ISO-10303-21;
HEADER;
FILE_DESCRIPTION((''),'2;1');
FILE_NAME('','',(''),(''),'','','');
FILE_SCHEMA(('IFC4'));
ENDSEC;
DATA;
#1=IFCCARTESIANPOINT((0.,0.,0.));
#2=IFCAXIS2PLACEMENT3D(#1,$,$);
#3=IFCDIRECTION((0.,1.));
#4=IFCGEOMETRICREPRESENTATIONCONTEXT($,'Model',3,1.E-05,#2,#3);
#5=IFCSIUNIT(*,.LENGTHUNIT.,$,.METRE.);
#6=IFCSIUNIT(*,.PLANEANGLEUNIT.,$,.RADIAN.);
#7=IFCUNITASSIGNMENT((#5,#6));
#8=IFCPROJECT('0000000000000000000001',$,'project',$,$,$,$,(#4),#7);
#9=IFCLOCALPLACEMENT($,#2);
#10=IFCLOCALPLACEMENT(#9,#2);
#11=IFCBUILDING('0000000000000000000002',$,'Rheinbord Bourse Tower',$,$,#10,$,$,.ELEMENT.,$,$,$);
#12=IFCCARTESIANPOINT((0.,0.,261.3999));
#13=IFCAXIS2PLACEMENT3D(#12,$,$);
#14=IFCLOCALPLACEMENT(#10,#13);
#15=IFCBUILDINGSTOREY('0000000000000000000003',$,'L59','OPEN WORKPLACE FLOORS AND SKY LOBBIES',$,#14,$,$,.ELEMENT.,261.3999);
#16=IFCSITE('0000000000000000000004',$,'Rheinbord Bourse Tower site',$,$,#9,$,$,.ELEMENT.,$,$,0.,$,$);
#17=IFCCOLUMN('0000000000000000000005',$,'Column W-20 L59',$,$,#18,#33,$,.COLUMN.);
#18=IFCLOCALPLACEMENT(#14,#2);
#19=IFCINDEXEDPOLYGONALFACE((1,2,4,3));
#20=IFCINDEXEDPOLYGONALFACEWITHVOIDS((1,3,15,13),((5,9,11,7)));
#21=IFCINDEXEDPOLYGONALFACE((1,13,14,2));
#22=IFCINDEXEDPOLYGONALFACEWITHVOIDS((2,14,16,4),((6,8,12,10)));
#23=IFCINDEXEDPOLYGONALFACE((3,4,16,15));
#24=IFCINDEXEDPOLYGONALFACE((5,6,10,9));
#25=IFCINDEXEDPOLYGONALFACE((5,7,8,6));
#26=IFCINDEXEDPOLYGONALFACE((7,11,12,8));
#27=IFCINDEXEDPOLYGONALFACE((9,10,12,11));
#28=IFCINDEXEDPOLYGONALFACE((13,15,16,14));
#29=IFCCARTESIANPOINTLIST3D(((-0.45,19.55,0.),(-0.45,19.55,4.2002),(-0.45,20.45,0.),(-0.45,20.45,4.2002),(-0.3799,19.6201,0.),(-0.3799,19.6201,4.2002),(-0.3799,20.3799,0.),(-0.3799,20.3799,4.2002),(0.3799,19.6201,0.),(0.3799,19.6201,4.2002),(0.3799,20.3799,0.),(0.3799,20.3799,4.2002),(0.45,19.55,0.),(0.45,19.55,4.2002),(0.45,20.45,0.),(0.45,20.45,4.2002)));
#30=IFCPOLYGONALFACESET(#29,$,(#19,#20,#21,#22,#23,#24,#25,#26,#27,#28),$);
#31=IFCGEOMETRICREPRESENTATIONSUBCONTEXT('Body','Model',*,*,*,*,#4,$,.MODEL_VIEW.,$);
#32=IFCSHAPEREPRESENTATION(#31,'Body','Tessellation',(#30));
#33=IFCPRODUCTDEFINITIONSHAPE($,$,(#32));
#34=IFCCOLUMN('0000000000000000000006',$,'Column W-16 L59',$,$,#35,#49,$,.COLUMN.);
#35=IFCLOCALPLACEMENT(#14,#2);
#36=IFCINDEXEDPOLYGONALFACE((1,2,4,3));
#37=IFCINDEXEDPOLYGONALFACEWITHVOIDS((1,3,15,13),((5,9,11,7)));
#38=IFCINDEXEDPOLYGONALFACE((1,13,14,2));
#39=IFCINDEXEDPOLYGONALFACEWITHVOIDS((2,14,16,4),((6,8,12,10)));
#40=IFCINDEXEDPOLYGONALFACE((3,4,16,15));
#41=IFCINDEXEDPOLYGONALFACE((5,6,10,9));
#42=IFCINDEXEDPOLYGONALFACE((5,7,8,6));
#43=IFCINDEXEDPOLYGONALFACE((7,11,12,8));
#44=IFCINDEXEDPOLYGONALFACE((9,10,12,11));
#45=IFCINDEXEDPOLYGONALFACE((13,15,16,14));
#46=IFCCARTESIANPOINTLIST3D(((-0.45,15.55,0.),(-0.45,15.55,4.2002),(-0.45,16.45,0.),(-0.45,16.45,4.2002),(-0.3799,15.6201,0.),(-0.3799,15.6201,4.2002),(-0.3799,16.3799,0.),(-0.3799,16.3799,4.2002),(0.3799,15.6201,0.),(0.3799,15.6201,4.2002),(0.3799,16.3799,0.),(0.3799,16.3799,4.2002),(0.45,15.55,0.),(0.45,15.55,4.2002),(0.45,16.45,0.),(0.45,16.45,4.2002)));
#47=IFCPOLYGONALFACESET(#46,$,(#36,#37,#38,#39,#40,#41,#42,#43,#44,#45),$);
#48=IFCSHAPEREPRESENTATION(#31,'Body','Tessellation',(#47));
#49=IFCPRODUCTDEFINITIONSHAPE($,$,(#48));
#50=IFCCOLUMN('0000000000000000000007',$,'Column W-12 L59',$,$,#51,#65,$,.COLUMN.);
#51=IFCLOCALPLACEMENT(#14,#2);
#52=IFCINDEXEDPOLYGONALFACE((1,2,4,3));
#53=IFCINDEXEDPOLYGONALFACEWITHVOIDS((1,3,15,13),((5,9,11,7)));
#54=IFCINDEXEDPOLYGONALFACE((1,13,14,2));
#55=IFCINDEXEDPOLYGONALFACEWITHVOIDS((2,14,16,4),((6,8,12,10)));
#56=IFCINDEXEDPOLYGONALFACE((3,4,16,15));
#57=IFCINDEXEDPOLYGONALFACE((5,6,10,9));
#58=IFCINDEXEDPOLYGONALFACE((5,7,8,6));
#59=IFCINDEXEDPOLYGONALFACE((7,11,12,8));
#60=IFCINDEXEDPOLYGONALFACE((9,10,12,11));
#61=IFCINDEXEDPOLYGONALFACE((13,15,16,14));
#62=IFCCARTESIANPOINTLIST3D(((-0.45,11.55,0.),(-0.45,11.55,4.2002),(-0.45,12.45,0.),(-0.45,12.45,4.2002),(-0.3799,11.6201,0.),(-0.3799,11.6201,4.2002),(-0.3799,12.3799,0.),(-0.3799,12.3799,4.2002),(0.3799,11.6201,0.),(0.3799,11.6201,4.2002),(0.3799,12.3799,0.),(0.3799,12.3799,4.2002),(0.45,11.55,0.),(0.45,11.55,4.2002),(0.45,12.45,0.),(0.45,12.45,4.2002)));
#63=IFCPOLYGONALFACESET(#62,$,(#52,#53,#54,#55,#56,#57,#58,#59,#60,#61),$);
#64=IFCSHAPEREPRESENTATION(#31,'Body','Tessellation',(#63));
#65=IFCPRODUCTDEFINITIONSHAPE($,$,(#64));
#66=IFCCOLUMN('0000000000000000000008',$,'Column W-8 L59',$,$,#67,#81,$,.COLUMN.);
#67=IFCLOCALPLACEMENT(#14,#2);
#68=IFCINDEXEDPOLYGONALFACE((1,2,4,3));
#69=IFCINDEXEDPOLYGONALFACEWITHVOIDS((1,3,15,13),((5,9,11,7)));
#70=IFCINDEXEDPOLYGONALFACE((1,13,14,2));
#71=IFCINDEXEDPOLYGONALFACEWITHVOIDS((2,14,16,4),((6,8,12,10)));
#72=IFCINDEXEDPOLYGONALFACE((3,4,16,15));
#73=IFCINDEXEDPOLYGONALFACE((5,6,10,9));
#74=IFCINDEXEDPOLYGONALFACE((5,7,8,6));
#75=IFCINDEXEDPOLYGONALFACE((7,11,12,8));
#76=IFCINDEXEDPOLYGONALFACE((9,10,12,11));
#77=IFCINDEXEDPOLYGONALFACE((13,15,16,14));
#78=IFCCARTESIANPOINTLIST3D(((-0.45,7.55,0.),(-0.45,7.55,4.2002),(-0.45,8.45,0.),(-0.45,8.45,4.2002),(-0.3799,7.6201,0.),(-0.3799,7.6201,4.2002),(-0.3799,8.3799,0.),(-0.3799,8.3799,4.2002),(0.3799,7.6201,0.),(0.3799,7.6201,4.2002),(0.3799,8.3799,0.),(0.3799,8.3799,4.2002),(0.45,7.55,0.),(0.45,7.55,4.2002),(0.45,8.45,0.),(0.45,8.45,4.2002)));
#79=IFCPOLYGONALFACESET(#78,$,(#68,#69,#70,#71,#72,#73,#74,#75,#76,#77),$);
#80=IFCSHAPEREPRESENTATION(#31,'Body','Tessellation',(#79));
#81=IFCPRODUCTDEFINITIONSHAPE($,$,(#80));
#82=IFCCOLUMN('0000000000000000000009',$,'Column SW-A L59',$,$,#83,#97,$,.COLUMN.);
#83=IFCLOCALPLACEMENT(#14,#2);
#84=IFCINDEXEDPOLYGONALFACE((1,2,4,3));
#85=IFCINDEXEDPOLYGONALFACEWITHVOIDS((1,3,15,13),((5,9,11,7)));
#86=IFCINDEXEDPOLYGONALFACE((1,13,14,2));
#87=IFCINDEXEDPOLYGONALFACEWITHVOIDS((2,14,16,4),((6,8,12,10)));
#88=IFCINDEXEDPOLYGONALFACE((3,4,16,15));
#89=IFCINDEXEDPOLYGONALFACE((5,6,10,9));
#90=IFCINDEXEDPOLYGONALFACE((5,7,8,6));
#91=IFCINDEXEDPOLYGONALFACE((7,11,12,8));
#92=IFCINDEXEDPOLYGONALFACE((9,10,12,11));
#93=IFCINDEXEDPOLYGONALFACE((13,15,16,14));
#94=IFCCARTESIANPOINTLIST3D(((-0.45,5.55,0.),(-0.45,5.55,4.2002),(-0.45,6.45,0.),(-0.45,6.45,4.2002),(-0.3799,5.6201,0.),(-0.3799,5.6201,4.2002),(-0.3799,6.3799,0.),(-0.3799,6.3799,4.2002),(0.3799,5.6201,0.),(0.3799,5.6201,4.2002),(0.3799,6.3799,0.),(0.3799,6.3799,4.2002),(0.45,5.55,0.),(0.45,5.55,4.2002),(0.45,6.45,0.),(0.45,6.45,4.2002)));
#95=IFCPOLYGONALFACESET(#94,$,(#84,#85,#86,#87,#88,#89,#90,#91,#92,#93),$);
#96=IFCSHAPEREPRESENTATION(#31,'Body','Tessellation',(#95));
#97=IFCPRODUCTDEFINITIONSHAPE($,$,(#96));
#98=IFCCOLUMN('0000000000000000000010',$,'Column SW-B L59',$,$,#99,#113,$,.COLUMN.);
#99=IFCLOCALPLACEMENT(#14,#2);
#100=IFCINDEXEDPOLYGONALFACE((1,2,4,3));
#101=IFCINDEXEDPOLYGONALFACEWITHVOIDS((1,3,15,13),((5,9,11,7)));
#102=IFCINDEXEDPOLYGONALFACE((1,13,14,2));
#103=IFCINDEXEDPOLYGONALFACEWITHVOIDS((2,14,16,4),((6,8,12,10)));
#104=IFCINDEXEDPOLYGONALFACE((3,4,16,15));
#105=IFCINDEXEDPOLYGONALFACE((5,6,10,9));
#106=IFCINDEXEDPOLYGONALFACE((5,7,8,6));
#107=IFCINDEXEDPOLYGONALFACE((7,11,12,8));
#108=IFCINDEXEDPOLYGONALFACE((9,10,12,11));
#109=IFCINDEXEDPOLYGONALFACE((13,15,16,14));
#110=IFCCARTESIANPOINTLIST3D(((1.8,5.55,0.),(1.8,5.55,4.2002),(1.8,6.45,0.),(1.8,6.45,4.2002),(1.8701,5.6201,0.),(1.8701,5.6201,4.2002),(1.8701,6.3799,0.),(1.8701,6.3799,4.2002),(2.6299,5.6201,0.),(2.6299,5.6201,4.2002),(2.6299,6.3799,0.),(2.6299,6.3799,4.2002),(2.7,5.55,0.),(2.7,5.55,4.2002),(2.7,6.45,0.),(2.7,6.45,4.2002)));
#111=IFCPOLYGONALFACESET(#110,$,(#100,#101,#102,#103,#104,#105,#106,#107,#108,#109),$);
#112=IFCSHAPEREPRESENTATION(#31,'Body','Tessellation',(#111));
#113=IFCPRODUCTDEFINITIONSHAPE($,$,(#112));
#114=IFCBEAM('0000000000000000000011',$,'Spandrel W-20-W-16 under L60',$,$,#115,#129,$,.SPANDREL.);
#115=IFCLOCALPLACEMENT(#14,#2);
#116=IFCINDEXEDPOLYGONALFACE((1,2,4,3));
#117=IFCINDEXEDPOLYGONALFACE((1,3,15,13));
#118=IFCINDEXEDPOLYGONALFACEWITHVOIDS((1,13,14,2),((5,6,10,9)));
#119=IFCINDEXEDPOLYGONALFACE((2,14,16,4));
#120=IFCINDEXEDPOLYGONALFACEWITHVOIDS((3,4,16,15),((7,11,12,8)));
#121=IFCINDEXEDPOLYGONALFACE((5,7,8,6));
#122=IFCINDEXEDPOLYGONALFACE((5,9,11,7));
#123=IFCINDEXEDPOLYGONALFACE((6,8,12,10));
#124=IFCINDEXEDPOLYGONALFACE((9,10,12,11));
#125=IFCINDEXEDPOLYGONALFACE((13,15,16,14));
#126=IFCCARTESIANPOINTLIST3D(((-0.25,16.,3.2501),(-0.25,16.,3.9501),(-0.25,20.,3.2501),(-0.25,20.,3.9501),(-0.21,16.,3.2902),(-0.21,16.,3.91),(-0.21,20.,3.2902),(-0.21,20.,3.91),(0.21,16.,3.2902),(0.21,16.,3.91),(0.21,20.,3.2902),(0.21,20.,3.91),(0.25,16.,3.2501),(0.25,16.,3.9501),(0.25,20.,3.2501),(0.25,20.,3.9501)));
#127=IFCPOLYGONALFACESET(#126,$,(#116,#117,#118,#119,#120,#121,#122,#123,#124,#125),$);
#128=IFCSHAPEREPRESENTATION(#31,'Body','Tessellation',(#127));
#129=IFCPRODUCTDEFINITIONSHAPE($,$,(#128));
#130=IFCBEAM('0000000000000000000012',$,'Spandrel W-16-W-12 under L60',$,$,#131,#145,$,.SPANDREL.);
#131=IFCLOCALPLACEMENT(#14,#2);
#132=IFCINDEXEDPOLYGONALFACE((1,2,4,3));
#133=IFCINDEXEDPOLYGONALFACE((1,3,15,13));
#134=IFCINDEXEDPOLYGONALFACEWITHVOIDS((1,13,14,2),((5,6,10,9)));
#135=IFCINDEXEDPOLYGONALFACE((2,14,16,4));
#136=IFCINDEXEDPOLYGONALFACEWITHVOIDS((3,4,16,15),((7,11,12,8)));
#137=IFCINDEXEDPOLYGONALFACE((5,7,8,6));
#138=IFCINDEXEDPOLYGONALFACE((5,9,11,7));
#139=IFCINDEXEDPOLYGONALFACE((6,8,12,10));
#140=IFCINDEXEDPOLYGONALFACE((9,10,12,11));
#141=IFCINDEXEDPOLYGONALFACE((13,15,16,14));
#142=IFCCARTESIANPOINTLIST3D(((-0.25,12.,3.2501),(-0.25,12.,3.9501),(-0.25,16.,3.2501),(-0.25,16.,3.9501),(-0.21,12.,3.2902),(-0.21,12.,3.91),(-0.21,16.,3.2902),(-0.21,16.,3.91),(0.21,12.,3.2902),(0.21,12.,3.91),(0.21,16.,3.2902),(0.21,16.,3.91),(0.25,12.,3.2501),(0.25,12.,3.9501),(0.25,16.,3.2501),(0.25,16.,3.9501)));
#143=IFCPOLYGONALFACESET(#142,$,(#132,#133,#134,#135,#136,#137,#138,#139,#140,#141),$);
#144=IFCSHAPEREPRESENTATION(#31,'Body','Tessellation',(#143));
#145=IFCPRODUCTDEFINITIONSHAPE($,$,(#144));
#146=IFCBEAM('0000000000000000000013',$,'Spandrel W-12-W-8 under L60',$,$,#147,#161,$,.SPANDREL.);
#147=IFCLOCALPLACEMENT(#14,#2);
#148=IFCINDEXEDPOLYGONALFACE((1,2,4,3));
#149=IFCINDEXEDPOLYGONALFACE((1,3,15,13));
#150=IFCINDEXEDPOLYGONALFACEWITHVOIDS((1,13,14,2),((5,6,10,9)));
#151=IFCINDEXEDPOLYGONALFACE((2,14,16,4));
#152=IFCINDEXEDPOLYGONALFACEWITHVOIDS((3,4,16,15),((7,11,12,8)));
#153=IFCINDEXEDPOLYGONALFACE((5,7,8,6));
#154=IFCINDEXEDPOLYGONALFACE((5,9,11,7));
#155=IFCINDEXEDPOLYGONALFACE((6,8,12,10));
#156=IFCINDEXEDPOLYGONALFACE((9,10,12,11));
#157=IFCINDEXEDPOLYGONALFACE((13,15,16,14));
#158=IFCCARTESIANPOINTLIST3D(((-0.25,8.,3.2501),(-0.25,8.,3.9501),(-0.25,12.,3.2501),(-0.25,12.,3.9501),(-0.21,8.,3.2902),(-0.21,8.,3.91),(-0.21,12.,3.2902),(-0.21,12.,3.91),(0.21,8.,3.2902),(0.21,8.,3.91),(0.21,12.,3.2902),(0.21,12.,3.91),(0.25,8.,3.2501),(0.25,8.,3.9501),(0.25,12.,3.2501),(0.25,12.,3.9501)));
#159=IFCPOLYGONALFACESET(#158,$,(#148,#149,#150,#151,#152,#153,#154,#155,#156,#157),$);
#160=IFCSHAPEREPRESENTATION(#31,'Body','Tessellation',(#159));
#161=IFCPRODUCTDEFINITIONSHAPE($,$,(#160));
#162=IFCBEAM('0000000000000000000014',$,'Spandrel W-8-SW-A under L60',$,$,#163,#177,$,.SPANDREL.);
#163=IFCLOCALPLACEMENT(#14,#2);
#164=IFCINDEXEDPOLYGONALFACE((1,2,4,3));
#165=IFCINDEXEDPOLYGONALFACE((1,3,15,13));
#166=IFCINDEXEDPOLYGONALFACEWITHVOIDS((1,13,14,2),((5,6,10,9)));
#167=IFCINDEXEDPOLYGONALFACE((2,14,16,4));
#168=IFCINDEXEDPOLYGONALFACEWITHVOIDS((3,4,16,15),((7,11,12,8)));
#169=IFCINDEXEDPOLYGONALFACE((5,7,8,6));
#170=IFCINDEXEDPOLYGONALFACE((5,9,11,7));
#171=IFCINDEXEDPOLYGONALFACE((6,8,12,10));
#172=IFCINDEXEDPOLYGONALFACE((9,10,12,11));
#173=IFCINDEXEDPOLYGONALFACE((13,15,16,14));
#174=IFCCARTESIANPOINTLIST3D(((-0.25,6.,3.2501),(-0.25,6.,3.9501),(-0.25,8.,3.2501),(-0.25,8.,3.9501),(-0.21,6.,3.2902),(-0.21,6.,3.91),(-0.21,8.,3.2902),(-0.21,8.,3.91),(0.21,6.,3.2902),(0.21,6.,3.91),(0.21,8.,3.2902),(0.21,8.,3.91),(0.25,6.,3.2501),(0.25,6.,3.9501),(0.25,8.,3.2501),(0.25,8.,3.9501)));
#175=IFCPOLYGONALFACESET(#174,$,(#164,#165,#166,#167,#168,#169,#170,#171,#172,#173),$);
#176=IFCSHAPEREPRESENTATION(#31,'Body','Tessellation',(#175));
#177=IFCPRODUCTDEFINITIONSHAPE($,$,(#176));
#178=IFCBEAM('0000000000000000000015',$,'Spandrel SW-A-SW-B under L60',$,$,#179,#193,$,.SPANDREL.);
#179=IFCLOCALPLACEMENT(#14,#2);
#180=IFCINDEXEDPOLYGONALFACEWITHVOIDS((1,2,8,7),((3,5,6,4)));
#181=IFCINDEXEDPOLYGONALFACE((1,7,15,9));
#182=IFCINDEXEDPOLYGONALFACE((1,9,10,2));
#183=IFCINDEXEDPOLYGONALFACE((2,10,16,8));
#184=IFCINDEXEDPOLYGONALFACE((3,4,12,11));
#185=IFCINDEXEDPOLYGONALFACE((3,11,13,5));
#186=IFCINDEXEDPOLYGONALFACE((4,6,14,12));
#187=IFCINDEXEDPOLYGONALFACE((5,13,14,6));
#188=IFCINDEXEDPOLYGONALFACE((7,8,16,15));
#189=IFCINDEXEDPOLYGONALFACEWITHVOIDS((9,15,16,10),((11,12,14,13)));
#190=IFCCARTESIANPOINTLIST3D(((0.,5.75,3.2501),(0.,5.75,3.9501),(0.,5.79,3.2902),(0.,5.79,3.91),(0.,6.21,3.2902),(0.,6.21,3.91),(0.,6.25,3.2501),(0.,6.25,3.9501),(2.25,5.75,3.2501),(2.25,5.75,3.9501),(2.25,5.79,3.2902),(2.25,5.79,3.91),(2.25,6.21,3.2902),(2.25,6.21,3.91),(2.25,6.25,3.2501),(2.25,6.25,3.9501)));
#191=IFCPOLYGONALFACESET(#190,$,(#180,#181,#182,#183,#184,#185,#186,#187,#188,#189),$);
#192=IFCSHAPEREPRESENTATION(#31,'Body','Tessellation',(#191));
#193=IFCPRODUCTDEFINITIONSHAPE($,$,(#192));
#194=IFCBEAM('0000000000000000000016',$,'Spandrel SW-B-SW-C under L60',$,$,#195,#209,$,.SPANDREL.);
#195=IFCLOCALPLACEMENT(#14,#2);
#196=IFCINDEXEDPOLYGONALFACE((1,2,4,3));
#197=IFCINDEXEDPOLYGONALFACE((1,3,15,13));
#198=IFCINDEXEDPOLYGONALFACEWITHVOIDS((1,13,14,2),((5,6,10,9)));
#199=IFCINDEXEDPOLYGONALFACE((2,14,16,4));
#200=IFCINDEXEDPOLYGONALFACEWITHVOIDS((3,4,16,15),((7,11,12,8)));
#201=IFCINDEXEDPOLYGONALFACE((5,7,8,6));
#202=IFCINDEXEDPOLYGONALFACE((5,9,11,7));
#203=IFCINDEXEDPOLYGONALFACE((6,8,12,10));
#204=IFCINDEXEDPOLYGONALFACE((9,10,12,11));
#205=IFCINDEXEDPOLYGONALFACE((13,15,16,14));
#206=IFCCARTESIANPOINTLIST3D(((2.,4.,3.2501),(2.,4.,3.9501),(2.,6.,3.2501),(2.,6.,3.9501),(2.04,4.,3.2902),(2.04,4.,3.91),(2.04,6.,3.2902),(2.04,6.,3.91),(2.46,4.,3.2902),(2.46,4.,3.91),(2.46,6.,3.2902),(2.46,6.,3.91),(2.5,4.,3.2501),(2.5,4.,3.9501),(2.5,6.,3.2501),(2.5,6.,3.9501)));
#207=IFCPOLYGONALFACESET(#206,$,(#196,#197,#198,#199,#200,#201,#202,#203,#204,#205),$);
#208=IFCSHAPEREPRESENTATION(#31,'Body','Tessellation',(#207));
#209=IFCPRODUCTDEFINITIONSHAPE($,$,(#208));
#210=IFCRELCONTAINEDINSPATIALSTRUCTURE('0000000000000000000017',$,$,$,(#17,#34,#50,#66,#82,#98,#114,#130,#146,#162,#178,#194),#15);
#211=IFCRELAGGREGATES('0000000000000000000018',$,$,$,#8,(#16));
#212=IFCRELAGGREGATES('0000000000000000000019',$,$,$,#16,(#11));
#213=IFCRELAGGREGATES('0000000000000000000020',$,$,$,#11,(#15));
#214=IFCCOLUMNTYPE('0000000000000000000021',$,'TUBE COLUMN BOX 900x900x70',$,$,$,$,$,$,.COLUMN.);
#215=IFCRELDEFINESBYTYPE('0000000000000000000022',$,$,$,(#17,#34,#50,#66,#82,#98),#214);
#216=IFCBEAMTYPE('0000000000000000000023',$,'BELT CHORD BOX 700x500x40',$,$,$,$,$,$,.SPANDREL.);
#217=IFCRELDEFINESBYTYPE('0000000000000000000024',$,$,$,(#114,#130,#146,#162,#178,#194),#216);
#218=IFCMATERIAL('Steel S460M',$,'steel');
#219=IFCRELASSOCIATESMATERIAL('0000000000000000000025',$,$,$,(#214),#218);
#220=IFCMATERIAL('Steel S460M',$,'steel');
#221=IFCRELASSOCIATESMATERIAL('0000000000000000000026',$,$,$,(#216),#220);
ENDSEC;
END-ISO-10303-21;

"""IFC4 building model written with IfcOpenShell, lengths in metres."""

from ifc_helpers import new_model, si_unit, direction, frame, origin, origin_2d, place, context, subcontext, project, spatial, hollow_rectangle, extrude, material, material_profile, profile_set, type_object, element, save


model = new_model("IFC4")

# Units and contexts
model_context = context("Model", 3, precision=1e-05, world=origin(), true_north=direction((0.0, 1.0)))
body_context = subcontext(model_context, "Body", "Model", "MODEL_VIEW")
ifc_project = project(units=[si_unit("LENGTHUNIT", "METRE"), si_unit("PLANEANGLEUNIT", "RADIAN")], contexts=[model_context])

# Site, building, storey
site_placement = place(None, origin())
site = spatial("IfcSite", under=ifc_project, at=site_placement, Name="Rheinbord Bourse Tower site", CompositionType="ELEMENT", RefElevation=0.0)
building_placement = place(site_placement, origin())
building = spatial("IfcBuilding", under=site, at=building_placement, Name="Rheinbord Bourse Tower", CompositionType="ELEMENT")
storey_placement = place(building_placement, frame((0.0, 0.0, 261.3999)))
storey = spatial("IfcBuildingStorey", under=building, at=storey_placement, Name="L59", Description="OPEN WORKPLACE FLOORS AND SKY LOBBIES", CompositionType="ELEMENT", Elevation=261.3999)

# Columns
ifc_material_1 = material(Name="Steel S460M", Category="steel")
ifc_material_profile_1 = material_profile(ifc_material_1, hollow_rectangle(XDim=0.8999, YDim=0.8999, WallThickness=0.0701, at=origin_2d()), Name="BOX 900x900x70")
ifc_profile_set_1 = profile_set([ifc_material_profile_1], Name="Steel S460M")
column_type = type_object("IfcColumnType", Name="TUBE COLUMN BOX 900x900x70", PredefinedType="COLUMN", material=ifc_profile_set_1)
for number, where, z_axis, x_axis, name in (
    (1, (0.0, 20.0, 0.0), (0.0, 0.0, 1.0), (1.0, 0.0, 0.0), "Column W-20 L59"),
    (2, (0.0, 16.0, 0.0), (0.0, 0.0, 1.0), (1.0, 0.0, 0.0), "Column W-16 L59"),
    (3, (0.0, 12.0, 0.0), (0.0, 0.0, 1.0), (1.0, 0.0, 0.0), "Column W-12 L59"),
    (4, (0.0, 8.0, 0.0), (0.0, 0.0, 1.0), (1.0, 0.0, 0.0), "Column W-8 L59"),
    (5, (0.0, 6.0, 0.0), (0.0, 0.0, 1.0), (1.0, 0.0, 0.0), "Column SW-A L59"),
    (6, (2.25, 6.0, 0.0), (0.0, 0.0, 1.0), (1.0, 0.0, 0.0), "Column SW-B L59"),
):
    element("IfcColumn", number, at=place(storey_placement, frame(where, z_axis=z_axis, x_axis=x_axis)), inside=storey, type_object=column_type, Name=name, PredefinedType="COLUMN", context=body_context, shape_type="SweptSolid", body=[
        extrude(hollow_rectangle(XDim=0.8999, YDim=0.8999, WallThickness=0.0701, at=origin_2d()), origin(), (0.0, 0.0, 1.0), 4.2002),
    ])

# Beams
ifc_material_2 = material(Name="Steel S460M", Category="steel")
ifc_material_profile_2 = material_profile(ifc_material_2, hollow_rectangle(XDim=0.5, YDim=0.7, WallThickness=0.04, at=origin_2d()), Name="BOX 700x500x40")
ifc_profile_set_2 = profile_set([ifc_material_profile_2], Name="Steel S460M")
beam_type_1 = type_object("IfcBeamType", Name="BELT CHORD BOX 700x500x40", PredefinedType="SPANDREL", material=ifc_profile_set_2)
for number, where, z_axis, x_axis, name in (
    (7, (0.0, 20.0, 3.6001), (0.0, -1.0, 0.0), (1.0, 0.0, 0.0), "Spandrel W-20-W-16 under L60"),
    (8, (0.0, 16.0, 3.6001), (0.0, -1.0, 0.0), (1.0, 0.0, 0.0), "Spandrel W-16-W-12 under L60"),
    (9, (0.0, 12.0, 3.6001), (0.0, -1.0, 0.0), (1.0, 0.0, 0.0), "Spandrel W-12-W-8 under L60"),
):
    element("IfcBeam", number, at=place(storey_placement, frame(where, z_axis=z_axis, x_axis=x_axis)), inside=storey, type_object=beam_type_1, Name=name, PredefinedType="SPANDREL", context=body_context, shape_type="SweptSolid", body=[
        extrude(hollow_rectangle(XDim=0.5, YDim=0.7, WallThickness=0.04, at=origin_2d()), origin(), (0.0, 0.0, 1.0), 4.0),
    ])
beam_1_placement = place(storey_placement, frame((0.0, 8.0, 3.6001), z_axis=(0.0, -1.0, 0.0), x_axis=(1.0, 0.0, 0.0)))
element("IfcBeam", 10, at=beam_1_placement, inside=storey, type_object=beam_type_1, Name="Spandrel W-8-SW-A under L60", PredefinedType="SPANDREL", context=body_context, shape_type="SweptSolid", body=[
    extrude(hollow_rectangle(XDim=0.5, YDim=0.7, WallThickness=0.04, at=origin_2d()), origin(), (0.0, 0.0, 1.0), 2.0),
])
beam_2_placement = place(storey_placement, frame((0.0, 6.0, 3.6001), z_axis=(1.0, 0.0, 0.0), x_axis=(0.0, 1.0, 0.0)))
element("IfcBeam", 11, at=beam_2_placement, inside=storey, type_object=beam_type_1, Name="Spandrel SW-A-SW-B under L60", PredefinedType="SPANDREL", context=body_context, shape_type="SweptSolid", body=[
    extrude(hollow_rectangle(XDim=0.5, YDim=0.7, WallThickness=0.04, at=origin_2d()), origin(), (0.0, 0.0, 1.0), 2.25),
])
beam_3_placement = place(storey_placement, frame((2.25, 6.0, 3.6001), z_axis=(0.0, -1.0, 0.0), x_axis=(1.0, 0.0, 0.0)))
element("IfcBeam", 12, at=beam_3_placement, inside=storey, type_object=beam_type_1, Name="Spandrel SW-B-SW-C under L60", PredefinedType="SPANDREL", context=body_context, shape_type="SweptSolid", body=[
    extrude(hollow_rectangle(XDim=0.5, YDim=0.7, WallThickness=0.04, at=origin_2d()), origin(), (0.0, 0.0, 1.0), 2.0),
])

save(model, "model.ifc")
